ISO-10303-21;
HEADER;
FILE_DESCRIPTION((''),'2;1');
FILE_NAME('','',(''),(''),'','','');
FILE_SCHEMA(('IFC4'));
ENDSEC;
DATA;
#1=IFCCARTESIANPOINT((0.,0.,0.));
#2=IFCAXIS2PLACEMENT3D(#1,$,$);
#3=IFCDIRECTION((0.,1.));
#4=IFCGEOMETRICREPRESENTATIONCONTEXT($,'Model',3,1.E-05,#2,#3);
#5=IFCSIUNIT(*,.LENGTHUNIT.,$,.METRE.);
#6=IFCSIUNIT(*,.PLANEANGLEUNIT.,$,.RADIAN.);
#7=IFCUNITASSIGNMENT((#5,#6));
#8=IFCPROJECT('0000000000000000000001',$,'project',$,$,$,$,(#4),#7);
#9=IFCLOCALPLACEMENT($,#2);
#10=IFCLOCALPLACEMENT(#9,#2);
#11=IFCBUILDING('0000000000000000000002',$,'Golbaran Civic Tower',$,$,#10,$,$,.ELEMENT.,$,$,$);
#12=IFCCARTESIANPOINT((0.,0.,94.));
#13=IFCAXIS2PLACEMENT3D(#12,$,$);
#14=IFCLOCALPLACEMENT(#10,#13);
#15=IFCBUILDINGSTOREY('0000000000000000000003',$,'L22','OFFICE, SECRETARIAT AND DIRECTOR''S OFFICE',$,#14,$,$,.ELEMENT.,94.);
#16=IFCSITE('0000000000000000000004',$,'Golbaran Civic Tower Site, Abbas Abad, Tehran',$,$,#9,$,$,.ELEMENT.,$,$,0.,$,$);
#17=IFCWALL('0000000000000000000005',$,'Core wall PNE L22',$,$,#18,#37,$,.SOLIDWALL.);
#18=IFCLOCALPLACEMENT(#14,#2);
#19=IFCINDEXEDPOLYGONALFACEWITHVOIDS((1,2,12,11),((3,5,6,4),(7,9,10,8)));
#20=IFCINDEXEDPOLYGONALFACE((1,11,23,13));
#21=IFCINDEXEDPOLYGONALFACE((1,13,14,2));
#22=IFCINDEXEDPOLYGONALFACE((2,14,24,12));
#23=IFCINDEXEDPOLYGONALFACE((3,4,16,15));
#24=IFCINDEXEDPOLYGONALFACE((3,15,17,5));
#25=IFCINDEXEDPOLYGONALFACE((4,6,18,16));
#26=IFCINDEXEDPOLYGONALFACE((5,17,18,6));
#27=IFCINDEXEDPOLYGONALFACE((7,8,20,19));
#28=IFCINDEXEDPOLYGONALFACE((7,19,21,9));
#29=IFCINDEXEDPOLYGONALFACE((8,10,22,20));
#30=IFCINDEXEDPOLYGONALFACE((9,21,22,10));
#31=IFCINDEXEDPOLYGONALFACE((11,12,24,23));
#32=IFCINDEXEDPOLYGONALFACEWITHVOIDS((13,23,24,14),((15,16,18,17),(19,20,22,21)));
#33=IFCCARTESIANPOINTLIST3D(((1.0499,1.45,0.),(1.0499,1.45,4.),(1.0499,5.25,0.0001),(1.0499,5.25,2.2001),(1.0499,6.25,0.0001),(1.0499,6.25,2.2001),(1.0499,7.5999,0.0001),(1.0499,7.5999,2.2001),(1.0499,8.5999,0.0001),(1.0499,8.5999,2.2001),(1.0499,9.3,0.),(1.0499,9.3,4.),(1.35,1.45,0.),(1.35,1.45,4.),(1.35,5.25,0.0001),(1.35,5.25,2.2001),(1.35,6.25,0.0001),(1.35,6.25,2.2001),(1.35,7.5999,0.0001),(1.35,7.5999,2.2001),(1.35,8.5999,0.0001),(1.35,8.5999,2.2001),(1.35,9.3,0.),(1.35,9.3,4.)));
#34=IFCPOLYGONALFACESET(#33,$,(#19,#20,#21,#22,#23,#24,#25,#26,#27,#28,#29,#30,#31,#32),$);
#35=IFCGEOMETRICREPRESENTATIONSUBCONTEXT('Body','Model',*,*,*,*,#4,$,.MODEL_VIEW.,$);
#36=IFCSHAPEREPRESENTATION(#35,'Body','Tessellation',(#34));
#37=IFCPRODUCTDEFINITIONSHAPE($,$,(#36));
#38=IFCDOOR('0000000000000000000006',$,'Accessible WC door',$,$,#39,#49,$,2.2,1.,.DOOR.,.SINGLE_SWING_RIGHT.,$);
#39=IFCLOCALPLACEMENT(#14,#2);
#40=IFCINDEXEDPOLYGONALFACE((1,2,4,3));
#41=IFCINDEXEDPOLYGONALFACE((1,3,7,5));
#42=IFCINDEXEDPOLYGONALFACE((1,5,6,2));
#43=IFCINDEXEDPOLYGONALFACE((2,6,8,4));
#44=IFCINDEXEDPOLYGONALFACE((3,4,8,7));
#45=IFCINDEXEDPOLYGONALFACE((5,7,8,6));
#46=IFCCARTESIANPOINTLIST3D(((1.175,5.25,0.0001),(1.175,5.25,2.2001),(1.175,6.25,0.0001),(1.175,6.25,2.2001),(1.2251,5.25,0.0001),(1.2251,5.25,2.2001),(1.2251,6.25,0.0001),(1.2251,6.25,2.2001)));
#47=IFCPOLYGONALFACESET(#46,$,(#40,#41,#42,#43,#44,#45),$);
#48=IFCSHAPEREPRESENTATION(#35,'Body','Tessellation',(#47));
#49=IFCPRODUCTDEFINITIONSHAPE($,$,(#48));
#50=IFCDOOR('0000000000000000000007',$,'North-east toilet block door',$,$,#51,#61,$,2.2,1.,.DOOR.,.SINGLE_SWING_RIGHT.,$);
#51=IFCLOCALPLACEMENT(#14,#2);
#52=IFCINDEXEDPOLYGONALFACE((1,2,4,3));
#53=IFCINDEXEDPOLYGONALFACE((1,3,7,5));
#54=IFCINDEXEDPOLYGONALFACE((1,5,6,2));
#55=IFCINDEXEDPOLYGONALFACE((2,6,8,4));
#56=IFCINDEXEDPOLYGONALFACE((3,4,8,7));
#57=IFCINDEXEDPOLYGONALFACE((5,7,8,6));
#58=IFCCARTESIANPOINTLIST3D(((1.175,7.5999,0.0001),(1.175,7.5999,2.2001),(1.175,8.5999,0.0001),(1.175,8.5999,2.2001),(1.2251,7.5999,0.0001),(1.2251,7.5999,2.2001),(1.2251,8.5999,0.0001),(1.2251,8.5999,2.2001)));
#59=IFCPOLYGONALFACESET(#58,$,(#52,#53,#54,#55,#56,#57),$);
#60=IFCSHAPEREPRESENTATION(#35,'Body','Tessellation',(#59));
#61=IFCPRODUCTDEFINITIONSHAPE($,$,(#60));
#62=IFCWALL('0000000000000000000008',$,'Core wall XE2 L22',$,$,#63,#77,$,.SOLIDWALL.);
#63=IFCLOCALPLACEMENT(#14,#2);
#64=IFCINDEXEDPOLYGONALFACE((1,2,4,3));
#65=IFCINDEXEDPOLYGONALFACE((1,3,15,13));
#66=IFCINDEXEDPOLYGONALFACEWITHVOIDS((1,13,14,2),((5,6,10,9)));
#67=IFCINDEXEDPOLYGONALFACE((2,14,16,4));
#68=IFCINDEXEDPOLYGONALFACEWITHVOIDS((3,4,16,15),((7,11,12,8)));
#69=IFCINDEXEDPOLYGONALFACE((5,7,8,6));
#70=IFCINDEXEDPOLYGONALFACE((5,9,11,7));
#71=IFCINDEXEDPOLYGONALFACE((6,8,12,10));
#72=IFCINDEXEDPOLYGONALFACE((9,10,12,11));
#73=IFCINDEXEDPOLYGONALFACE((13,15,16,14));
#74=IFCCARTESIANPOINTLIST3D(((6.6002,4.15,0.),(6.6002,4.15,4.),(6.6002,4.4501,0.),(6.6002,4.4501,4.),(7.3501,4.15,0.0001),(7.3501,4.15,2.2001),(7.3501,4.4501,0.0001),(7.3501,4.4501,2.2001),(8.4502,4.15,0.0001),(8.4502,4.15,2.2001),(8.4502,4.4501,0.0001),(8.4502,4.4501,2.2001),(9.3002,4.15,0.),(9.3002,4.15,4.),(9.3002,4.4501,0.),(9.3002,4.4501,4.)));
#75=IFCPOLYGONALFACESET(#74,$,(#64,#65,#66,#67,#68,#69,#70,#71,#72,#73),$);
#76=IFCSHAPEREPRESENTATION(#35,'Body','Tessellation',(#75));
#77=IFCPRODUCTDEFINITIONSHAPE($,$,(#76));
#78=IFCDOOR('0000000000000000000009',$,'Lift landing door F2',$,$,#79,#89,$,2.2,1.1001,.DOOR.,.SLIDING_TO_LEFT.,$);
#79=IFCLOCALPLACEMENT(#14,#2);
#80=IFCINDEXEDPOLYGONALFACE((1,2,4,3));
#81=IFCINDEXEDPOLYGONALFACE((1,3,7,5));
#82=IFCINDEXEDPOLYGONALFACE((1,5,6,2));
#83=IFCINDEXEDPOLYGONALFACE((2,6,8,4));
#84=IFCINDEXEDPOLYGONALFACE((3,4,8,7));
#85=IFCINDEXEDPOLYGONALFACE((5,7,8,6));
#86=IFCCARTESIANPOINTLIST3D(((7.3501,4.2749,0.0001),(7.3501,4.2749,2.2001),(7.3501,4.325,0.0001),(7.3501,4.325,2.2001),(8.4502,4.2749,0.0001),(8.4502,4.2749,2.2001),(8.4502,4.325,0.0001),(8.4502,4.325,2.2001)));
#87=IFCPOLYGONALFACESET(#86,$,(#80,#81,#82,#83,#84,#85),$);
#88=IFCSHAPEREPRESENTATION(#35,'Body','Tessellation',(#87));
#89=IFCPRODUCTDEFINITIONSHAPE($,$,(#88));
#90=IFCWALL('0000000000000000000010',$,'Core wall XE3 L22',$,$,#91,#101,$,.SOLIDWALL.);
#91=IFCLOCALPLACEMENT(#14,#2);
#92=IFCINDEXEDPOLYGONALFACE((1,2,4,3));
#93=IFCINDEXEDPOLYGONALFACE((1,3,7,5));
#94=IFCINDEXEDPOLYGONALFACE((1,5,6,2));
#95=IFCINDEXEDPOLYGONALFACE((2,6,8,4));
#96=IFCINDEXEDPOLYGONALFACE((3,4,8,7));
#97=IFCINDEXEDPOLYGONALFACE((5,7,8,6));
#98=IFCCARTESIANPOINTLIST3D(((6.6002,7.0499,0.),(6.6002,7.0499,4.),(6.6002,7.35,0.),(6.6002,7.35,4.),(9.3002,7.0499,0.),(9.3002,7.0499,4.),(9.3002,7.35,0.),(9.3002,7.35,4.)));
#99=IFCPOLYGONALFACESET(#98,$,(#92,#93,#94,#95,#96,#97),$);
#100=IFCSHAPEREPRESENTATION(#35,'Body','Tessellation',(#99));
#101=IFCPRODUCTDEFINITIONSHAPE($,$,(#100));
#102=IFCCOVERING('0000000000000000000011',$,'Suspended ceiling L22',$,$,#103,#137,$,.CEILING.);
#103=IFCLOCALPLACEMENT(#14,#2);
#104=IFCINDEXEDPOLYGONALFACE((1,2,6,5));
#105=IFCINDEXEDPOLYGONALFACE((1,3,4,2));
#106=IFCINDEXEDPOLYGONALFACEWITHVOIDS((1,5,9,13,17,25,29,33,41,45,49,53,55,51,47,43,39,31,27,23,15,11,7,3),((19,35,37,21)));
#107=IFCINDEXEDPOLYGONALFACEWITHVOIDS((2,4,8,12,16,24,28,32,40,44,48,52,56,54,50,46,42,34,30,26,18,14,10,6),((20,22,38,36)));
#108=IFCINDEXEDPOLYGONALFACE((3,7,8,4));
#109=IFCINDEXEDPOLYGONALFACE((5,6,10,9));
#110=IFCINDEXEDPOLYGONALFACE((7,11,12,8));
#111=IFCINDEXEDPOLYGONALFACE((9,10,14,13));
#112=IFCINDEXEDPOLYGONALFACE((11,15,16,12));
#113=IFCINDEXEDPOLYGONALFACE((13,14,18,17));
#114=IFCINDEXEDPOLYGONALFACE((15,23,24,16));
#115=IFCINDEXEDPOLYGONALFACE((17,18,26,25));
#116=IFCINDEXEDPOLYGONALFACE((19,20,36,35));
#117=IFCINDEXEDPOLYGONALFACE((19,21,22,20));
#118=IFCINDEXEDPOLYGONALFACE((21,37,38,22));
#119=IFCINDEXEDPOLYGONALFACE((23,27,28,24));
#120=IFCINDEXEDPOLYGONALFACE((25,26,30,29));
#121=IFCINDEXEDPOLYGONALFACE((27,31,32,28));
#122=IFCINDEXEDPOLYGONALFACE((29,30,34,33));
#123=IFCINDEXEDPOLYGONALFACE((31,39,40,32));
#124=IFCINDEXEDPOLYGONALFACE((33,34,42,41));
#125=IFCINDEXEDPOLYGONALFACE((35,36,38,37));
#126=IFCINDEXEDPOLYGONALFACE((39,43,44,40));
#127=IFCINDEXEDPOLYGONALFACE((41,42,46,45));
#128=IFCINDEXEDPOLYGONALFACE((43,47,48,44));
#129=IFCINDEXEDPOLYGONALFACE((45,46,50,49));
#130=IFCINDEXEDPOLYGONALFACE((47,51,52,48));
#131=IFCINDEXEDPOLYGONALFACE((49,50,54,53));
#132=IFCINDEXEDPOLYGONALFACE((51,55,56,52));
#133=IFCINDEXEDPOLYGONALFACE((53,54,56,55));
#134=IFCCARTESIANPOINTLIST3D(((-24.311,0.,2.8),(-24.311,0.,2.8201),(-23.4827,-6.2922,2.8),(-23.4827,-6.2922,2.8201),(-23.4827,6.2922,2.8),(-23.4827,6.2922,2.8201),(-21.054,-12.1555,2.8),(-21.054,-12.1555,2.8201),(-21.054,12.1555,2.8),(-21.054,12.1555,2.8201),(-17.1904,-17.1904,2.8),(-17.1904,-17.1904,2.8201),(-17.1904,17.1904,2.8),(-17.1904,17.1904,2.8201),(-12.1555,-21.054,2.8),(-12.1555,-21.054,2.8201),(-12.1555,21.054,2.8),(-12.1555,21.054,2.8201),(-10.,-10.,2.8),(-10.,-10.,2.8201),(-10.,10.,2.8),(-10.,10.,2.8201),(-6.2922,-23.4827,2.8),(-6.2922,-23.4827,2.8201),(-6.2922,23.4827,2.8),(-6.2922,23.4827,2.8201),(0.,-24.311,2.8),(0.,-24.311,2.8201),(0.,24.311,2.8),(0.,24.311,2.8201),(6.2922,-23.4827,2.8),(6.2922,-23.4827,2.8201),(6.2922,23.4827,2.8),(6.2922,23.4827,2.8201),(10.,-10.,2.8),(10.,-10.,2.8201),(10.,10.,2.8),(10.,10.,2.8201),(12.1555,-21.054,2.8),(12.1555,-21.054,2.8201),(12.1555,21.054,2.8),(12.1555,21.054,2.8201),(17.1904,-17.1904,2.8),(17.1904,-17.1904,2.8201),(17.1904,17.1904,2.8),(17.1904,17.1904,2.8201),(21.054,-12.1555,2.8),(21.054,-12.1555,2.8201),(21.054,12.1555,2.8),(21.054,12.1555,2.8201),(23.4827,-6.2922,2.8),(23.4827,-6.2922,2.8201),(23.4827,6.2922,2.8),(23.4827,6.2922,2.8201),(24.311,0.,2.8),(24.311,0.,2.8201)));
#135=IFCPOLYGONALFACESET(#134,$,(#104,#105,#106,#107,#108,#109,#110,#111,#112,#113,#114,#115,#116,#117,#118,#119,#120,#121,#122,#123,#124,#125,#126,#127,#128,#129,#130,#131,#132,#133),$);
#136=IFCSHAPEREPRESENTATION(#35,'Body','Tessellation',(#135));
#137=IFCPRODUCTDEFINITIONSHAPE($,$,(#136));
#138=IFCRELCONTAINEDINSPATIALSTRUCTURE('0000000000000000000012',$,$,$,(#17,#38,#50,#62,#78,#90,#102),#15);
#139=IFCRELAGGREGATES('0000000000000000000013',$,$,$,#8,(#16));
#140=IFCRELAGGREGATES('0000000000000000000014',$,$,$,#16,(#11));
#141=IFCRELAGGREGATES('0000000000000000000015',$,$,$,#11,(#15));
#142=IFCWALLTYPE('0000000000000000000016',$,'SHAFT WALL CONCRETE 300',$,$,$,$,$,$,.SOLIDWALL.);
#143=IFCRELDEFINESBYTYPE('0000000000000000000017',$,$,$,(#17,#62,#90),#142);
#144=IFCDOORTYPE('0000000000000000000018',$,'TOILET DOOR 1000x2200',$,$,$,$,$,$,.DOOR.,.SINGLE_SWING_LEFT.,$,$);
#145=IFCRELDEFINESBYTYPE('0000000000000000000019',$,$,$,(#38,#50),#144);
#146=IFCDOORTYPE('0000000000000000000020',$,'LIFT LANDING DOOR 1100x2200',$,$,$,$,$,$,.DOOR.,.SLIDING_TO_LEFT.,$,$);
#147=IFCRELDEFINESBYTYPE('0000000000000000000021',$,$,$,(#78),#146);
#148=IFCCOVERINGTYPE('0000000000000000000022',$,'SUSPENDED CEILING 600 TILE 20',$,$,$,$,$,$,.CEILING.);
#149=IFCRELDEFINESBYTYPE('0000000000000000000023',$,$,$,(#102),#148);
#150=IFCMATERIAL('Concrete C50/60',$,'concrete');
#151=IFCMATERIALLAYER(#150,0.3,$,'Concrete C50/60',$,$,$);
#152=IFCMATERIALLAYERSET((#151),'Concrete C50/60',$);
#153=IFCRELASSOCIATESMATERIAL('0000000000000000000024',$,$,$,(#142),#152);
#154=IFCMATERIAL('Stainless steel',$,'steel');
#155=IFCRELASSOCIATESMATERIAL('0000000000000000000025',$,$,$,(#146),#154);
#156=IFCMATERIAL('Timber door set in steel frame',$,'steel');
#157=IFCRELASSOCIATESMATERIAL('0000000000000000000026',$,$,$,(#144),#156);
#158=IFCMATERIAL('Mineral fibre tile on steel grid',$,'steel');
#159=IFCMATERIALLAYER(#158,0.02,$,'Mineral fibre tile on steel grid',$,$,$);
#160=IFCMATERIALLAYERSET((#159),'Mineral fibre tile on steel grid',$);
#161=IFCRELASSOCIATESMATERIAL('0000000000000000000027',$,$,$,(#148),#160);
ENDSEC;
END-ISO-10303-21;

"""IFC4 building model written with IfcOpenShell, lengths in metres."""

from ifc_helpers import new_model, si_unit, direction, frame, frame_2d, origin, place, context, subcontext, project, spatial, polyline, rectangle, outline, extrude, material, layer, layer_set, type_object, element, fill, save


model = new_model("IFC4")

# Units and contexts
model_context = context("Model", 3, precision=1e-05, world=origin(), true_north=direction((0.0, 1.0)))
body_context = subcontext(model_context, "Body", "Model", "MODEL_VIEW")
ifc_project = project(units=[si_unit("LENGTHUNIT", "METRE"), si_unit("PLANEANGLEUNIT", "RADIAN")], contexts=[model_context])

# Site, building, storey
site_placement = place(None, origin())
site = spatial("IfcSite", under=ifc_project, at=site_placement, Name="Golbaran Civic Tower Site, Abbas Abad, Tehran", CompositionType="ELEMENT", RefElevation=0.0)
building_placement = place(site_placement, origin())
building = spatial("IfcBuilding", under=site, at=building_placement, Name="Golbaran Civic Tower", CompositionType="ELEMENT")
storey_placement = place(building_placement, frame((0.0, 0.0, 94.0)))
storey = spatial("IfcBuildingStorey", under=building, at=storey_placement, Name="L22", Description="OFFICE, SECRETARIAT AND DIRECTOR'S OFFICE", CompositionType="ELEMENT", Elevation=94.0)

# Shared definitions
ifc_material_1 = material(Name="Timber door set in steel frame", Category="steel")

# Shared definitions
ifc_material_2 = material(Name="Concrete C50/60", Category="concrete")
ifc_layer_1 = layer(ifc_material_2, 0.3, Name="Concrete C50/60")
ifc_layer_set_1 = layer_set([ifc_layer_1], Name="Concrete C50/60")
wall_type_1 = type_object("IfcWallType", Name="SHAFT WALL CONCRETE 300", PredefinedType="SOLIDWALL", material=ifc_layer_set_1)
ifc_material_3 = material(Name="Stainless steel", Category="steel")
door_type_1 = type_object("IfcDoorType", Name="LIFT LANDING DOOR 1100x2200", OperationType="SLIDING_TO_LEFT", PredefinedType="DOOR", material=ifc_material_3)

# Wall, openings, doors
wall_1_placement = place(storey_placement, frame((1.2, 1.45, 0.0), z_axis=(0.0, 0.0, 1.0), x_axis=(0.0, 1.0, 0.0)))
wall_1 = element("IfcWall", 1, at=wall_1_placement, inside=storey, type_object=wall_type_1, Name="Core wall PNE L22", PredefinedType="SOLIDWALL", context=body_context, shape_type="SweptSolid", body=[
    extrude(rectangle(XDim=7.8501, YDim=0.3, at=frame_2d((3.925, 0.0))), origin(), (0.0, 0.0, 1.0), 4.0),
])
opening_1_placement = place(wall_1_placement, frame((3.8, 0.0, 0.0)))
opening_1 = element("IfcOpeningElement", 2, at=opening_1_placement, cuts=wall_1, PredefinedType="OPENING", context=body_context, shape_type="SweptSolid", body=[
    extrude(rectangle(XDim=1.0, YDim=2.2, at=frame_2d((0.5, 1.1001))), frame((0.0, 0.1599, 0.0), z_axis=(0.0, -1.0, 0.0), x_axis=(1.0, 0.0, 0.0)), (0.0, 0.0, 1.0), 0.3201),
])
opening_2_placement = place(wall_1_placement, frame((6.1499, 0.0, 0.0)))
opening_2 = element("IfcOpeningElement", 3, at=opening_2_placement, cuts=wall_1, PredefinedType="OPENING", context=body_context, shape_type="SweptSolid", body=[
    extrude(rectangle(XDim=1.0, YDim=2.2, at=frame_2d((0.5, 1.1001))), frame((0.0, 0.1599, 0.0), z_axis=(0.0, -1.0, 0.0), x_axis=(1.0, 0.0, 0.0)), (0.0, 0.0, 1.0), 0.3201),
])
door_type_2 = type_object("IfcDoorType", Name="TOILET DOOR 1000x2200", OperationType="SINGLE_SWING_LEFT", PredefinedType="DOOR", material=ifc_material_1)
door_1_placement = place(opening_1_placement, origin())
door_1 = element("IfcDoor", 4, at=door_1_placement, inside=storey, type_object=door_type_2, Name="Accessible WC door", OperationType="SINGLE_SWING_RIGHT", OverallHeight=2.2, OverallWidth=1.0, PredefinedType="DOOR", context=body_context, shape_type="SweptSolid", body=[
    extrude(rectangle(XDim=1.0, YDim=2.2, at=frame_2d((0.5, 1.1001))), frame((0.0, 0.0249, 0.0), z_axis=(0.0, -1.0, 0.0), x_axis=(1.0, 0.0, 0.0)), (0.0, 0.0, 1.0), 0.05),
])
fill(opening_1, door_1)
door_2_placement = place(opening_2_placement, origin())
door_2 = element("IfcDoor", 5, at=door_2_placement, inside=storey, type_object=door_type_2, Name="North-east toilet block door", OperationType="SINGLE_SWING_RIGHT", OverallHeight=2.2, OverallWidth=1.0, PredefinedType="DOOR", context=body_context, shape_type="SweptSolid", body=[
    extrude(rectangle(XDim=1.0, YDim=2.2, at=frame_2d((0.5, 1.1001))), frame((0.0, 0.0249, 0.0), z_axis=(0.0, -1.0, 0.0), x_axis=(1.0, 0.0, 0.0)), (0.0, 0.0, 1.0), 0.05),
])
fill(opening_2, door_2)

# Wall, opening, door
wall_2_placement = place(storey_placement, frame((6.6001, 4.3, 0.0), z_axis=(0.0, 0.0, 1.0), x_axis=(1.0, 0.0, 0.0)))
wall_2 = element("IfcWall", 6, at=wall_2_placement, inside=storey, type_object=wall_type_1, Name="Core wall XE2 L22", PredefinedType="SOLIDWALL", context=body_context, shape_type="SweptSolid", body=[
    extrude(rectangle(XDim=2.7, YDim=0.3, at=frame_2d((1.3501, 0.0))), origin(), (0.0, 0.0, 1.0), 4.0),
])
opening_3_placement = place(wall_2_placement, frame((0.75, 0.0, 0.0)))
opening_3 = element("IfcOpeningElement", 7, at=opening_3_placement, cuts=wall_2, PredefinedType="OPENING", context=body_context, shape_type="SweptSolid", body=[
    extrude(rectangle(XDim=1.1001, YDim=2.2, at=frame_2d((0.55, 1.1001))), frame((0.0, 0.1599, 0.0), z_axis=(0.0, -1.0, 0.0), x_axis=(1.0, 0.0, 0.0)), (0.0, 0.0, 1.0), 0.3201),
])
door_3_placement = place(opening_3_placement, origin())
door_3 = element("IfcDoor", 8, at=door_3_placement, inside=storey, type_object=door_type_1, Name="Lift landing door F2", OperationType="SLIDING_TO_LEFT", OverallHeight=2.2, OverallWidth=1.1001, PredefinedType="DOOR", context=body_context, shape_type="SweptSolid", body=[
    extrude(rectangle(XDim=1.1001, YDim=2.2, at=frame_2d((0.55, 1.1001))), frame((0.0, 0.0249, 0.0), z_axis=(0.0, -1.0, 0.0), x_axis=(1.0, 0.0, 0.0)), (0.0, 0.0, 1.0), 0.05),
])
fill(opening_3, door_3)

# Wall
wall_3_placement = place(storey_placement, frame((6.6001, 7.2, 0.0), z_axis=(0.0, 0.0, 1.0), x_axis=(1.0, 0.0, 0.0)))
element("IfcWall", 9, at=wall_3_placement, inside=storey, type_object=wall_type_1, Name="Core wall XE3 L22", PredefinedType="SOLIDWALL", context=body_context, shape_type="SweptSolid", body=[
    extrude(rectangle(XDim=2.7, YDim=0.3, at=frame_2d((1.3501, 0.0))), origin(), (0.0, 0.0, 1.0), 4.0),
])

# Covering
ifc_material_4 = material(Name="Mineral fibre tile on steel grid", Category="steel")
ifc_layer_2 = layer(ifc_material_4, 0.02, Name="Mineral fibre tile on steel grid")
ifc_layer_set_2 = layer_set([ifc_layer_2], Name="Mineral fibre tile on steel grid")
covering_type = type_object("IfcCoveringType", Name="SUSPENDED CEILING 600 TILE 20", PredefinedType="CEILING", material=ifc_layer_set_2)
covering_placement = place(storey_placement, frame((0.0, 0.0, 2.8)))
element("IfcCovering", 10, at=covering_placement, inside=storey, type_object=covering_type, Name="Suspended ceiling L22", PredefinedType="CEILING", context=body_context, shape_type="SweptSolid", body=[
    extrude(outline(polyline([(-17.1904, 17.1904), (-12.1555, 21.054), (-6.2922, 23.4827), (0.0, 24.311), (6.2922, 23.4827), (12.1555, 21.054), (17.1904, 17.1904), (21.054, 12.1555), (23.4827, 6.2922), (24.311, 0.0), (23.4827, -6.2922), (21.054, -12.1555), (17.1904, -17.1904), (12.1555, -21.054), (6.2922, -23.4827), (0.0, -24.311), (-6.2922, -23.4827), (-12.1555, -21.054), (-17.1904, -17.1904), (-21.054, -12.1555), (-23.4827, -6.2922), (-24.311, 0.0), (-23.4827, 6.2922), (-21.054, 12.1555), (-17.1904, 17.1904)]), holes=[polyline([(-10.0, 10.0), (-10.0, -10.0), (10.0, -10.0), (10.0, 10.0), (-10.0, 10.0)])]), origin(), (0.0, 0.0, 1.0), 0.02),
])

save(model, "model.ifc")
